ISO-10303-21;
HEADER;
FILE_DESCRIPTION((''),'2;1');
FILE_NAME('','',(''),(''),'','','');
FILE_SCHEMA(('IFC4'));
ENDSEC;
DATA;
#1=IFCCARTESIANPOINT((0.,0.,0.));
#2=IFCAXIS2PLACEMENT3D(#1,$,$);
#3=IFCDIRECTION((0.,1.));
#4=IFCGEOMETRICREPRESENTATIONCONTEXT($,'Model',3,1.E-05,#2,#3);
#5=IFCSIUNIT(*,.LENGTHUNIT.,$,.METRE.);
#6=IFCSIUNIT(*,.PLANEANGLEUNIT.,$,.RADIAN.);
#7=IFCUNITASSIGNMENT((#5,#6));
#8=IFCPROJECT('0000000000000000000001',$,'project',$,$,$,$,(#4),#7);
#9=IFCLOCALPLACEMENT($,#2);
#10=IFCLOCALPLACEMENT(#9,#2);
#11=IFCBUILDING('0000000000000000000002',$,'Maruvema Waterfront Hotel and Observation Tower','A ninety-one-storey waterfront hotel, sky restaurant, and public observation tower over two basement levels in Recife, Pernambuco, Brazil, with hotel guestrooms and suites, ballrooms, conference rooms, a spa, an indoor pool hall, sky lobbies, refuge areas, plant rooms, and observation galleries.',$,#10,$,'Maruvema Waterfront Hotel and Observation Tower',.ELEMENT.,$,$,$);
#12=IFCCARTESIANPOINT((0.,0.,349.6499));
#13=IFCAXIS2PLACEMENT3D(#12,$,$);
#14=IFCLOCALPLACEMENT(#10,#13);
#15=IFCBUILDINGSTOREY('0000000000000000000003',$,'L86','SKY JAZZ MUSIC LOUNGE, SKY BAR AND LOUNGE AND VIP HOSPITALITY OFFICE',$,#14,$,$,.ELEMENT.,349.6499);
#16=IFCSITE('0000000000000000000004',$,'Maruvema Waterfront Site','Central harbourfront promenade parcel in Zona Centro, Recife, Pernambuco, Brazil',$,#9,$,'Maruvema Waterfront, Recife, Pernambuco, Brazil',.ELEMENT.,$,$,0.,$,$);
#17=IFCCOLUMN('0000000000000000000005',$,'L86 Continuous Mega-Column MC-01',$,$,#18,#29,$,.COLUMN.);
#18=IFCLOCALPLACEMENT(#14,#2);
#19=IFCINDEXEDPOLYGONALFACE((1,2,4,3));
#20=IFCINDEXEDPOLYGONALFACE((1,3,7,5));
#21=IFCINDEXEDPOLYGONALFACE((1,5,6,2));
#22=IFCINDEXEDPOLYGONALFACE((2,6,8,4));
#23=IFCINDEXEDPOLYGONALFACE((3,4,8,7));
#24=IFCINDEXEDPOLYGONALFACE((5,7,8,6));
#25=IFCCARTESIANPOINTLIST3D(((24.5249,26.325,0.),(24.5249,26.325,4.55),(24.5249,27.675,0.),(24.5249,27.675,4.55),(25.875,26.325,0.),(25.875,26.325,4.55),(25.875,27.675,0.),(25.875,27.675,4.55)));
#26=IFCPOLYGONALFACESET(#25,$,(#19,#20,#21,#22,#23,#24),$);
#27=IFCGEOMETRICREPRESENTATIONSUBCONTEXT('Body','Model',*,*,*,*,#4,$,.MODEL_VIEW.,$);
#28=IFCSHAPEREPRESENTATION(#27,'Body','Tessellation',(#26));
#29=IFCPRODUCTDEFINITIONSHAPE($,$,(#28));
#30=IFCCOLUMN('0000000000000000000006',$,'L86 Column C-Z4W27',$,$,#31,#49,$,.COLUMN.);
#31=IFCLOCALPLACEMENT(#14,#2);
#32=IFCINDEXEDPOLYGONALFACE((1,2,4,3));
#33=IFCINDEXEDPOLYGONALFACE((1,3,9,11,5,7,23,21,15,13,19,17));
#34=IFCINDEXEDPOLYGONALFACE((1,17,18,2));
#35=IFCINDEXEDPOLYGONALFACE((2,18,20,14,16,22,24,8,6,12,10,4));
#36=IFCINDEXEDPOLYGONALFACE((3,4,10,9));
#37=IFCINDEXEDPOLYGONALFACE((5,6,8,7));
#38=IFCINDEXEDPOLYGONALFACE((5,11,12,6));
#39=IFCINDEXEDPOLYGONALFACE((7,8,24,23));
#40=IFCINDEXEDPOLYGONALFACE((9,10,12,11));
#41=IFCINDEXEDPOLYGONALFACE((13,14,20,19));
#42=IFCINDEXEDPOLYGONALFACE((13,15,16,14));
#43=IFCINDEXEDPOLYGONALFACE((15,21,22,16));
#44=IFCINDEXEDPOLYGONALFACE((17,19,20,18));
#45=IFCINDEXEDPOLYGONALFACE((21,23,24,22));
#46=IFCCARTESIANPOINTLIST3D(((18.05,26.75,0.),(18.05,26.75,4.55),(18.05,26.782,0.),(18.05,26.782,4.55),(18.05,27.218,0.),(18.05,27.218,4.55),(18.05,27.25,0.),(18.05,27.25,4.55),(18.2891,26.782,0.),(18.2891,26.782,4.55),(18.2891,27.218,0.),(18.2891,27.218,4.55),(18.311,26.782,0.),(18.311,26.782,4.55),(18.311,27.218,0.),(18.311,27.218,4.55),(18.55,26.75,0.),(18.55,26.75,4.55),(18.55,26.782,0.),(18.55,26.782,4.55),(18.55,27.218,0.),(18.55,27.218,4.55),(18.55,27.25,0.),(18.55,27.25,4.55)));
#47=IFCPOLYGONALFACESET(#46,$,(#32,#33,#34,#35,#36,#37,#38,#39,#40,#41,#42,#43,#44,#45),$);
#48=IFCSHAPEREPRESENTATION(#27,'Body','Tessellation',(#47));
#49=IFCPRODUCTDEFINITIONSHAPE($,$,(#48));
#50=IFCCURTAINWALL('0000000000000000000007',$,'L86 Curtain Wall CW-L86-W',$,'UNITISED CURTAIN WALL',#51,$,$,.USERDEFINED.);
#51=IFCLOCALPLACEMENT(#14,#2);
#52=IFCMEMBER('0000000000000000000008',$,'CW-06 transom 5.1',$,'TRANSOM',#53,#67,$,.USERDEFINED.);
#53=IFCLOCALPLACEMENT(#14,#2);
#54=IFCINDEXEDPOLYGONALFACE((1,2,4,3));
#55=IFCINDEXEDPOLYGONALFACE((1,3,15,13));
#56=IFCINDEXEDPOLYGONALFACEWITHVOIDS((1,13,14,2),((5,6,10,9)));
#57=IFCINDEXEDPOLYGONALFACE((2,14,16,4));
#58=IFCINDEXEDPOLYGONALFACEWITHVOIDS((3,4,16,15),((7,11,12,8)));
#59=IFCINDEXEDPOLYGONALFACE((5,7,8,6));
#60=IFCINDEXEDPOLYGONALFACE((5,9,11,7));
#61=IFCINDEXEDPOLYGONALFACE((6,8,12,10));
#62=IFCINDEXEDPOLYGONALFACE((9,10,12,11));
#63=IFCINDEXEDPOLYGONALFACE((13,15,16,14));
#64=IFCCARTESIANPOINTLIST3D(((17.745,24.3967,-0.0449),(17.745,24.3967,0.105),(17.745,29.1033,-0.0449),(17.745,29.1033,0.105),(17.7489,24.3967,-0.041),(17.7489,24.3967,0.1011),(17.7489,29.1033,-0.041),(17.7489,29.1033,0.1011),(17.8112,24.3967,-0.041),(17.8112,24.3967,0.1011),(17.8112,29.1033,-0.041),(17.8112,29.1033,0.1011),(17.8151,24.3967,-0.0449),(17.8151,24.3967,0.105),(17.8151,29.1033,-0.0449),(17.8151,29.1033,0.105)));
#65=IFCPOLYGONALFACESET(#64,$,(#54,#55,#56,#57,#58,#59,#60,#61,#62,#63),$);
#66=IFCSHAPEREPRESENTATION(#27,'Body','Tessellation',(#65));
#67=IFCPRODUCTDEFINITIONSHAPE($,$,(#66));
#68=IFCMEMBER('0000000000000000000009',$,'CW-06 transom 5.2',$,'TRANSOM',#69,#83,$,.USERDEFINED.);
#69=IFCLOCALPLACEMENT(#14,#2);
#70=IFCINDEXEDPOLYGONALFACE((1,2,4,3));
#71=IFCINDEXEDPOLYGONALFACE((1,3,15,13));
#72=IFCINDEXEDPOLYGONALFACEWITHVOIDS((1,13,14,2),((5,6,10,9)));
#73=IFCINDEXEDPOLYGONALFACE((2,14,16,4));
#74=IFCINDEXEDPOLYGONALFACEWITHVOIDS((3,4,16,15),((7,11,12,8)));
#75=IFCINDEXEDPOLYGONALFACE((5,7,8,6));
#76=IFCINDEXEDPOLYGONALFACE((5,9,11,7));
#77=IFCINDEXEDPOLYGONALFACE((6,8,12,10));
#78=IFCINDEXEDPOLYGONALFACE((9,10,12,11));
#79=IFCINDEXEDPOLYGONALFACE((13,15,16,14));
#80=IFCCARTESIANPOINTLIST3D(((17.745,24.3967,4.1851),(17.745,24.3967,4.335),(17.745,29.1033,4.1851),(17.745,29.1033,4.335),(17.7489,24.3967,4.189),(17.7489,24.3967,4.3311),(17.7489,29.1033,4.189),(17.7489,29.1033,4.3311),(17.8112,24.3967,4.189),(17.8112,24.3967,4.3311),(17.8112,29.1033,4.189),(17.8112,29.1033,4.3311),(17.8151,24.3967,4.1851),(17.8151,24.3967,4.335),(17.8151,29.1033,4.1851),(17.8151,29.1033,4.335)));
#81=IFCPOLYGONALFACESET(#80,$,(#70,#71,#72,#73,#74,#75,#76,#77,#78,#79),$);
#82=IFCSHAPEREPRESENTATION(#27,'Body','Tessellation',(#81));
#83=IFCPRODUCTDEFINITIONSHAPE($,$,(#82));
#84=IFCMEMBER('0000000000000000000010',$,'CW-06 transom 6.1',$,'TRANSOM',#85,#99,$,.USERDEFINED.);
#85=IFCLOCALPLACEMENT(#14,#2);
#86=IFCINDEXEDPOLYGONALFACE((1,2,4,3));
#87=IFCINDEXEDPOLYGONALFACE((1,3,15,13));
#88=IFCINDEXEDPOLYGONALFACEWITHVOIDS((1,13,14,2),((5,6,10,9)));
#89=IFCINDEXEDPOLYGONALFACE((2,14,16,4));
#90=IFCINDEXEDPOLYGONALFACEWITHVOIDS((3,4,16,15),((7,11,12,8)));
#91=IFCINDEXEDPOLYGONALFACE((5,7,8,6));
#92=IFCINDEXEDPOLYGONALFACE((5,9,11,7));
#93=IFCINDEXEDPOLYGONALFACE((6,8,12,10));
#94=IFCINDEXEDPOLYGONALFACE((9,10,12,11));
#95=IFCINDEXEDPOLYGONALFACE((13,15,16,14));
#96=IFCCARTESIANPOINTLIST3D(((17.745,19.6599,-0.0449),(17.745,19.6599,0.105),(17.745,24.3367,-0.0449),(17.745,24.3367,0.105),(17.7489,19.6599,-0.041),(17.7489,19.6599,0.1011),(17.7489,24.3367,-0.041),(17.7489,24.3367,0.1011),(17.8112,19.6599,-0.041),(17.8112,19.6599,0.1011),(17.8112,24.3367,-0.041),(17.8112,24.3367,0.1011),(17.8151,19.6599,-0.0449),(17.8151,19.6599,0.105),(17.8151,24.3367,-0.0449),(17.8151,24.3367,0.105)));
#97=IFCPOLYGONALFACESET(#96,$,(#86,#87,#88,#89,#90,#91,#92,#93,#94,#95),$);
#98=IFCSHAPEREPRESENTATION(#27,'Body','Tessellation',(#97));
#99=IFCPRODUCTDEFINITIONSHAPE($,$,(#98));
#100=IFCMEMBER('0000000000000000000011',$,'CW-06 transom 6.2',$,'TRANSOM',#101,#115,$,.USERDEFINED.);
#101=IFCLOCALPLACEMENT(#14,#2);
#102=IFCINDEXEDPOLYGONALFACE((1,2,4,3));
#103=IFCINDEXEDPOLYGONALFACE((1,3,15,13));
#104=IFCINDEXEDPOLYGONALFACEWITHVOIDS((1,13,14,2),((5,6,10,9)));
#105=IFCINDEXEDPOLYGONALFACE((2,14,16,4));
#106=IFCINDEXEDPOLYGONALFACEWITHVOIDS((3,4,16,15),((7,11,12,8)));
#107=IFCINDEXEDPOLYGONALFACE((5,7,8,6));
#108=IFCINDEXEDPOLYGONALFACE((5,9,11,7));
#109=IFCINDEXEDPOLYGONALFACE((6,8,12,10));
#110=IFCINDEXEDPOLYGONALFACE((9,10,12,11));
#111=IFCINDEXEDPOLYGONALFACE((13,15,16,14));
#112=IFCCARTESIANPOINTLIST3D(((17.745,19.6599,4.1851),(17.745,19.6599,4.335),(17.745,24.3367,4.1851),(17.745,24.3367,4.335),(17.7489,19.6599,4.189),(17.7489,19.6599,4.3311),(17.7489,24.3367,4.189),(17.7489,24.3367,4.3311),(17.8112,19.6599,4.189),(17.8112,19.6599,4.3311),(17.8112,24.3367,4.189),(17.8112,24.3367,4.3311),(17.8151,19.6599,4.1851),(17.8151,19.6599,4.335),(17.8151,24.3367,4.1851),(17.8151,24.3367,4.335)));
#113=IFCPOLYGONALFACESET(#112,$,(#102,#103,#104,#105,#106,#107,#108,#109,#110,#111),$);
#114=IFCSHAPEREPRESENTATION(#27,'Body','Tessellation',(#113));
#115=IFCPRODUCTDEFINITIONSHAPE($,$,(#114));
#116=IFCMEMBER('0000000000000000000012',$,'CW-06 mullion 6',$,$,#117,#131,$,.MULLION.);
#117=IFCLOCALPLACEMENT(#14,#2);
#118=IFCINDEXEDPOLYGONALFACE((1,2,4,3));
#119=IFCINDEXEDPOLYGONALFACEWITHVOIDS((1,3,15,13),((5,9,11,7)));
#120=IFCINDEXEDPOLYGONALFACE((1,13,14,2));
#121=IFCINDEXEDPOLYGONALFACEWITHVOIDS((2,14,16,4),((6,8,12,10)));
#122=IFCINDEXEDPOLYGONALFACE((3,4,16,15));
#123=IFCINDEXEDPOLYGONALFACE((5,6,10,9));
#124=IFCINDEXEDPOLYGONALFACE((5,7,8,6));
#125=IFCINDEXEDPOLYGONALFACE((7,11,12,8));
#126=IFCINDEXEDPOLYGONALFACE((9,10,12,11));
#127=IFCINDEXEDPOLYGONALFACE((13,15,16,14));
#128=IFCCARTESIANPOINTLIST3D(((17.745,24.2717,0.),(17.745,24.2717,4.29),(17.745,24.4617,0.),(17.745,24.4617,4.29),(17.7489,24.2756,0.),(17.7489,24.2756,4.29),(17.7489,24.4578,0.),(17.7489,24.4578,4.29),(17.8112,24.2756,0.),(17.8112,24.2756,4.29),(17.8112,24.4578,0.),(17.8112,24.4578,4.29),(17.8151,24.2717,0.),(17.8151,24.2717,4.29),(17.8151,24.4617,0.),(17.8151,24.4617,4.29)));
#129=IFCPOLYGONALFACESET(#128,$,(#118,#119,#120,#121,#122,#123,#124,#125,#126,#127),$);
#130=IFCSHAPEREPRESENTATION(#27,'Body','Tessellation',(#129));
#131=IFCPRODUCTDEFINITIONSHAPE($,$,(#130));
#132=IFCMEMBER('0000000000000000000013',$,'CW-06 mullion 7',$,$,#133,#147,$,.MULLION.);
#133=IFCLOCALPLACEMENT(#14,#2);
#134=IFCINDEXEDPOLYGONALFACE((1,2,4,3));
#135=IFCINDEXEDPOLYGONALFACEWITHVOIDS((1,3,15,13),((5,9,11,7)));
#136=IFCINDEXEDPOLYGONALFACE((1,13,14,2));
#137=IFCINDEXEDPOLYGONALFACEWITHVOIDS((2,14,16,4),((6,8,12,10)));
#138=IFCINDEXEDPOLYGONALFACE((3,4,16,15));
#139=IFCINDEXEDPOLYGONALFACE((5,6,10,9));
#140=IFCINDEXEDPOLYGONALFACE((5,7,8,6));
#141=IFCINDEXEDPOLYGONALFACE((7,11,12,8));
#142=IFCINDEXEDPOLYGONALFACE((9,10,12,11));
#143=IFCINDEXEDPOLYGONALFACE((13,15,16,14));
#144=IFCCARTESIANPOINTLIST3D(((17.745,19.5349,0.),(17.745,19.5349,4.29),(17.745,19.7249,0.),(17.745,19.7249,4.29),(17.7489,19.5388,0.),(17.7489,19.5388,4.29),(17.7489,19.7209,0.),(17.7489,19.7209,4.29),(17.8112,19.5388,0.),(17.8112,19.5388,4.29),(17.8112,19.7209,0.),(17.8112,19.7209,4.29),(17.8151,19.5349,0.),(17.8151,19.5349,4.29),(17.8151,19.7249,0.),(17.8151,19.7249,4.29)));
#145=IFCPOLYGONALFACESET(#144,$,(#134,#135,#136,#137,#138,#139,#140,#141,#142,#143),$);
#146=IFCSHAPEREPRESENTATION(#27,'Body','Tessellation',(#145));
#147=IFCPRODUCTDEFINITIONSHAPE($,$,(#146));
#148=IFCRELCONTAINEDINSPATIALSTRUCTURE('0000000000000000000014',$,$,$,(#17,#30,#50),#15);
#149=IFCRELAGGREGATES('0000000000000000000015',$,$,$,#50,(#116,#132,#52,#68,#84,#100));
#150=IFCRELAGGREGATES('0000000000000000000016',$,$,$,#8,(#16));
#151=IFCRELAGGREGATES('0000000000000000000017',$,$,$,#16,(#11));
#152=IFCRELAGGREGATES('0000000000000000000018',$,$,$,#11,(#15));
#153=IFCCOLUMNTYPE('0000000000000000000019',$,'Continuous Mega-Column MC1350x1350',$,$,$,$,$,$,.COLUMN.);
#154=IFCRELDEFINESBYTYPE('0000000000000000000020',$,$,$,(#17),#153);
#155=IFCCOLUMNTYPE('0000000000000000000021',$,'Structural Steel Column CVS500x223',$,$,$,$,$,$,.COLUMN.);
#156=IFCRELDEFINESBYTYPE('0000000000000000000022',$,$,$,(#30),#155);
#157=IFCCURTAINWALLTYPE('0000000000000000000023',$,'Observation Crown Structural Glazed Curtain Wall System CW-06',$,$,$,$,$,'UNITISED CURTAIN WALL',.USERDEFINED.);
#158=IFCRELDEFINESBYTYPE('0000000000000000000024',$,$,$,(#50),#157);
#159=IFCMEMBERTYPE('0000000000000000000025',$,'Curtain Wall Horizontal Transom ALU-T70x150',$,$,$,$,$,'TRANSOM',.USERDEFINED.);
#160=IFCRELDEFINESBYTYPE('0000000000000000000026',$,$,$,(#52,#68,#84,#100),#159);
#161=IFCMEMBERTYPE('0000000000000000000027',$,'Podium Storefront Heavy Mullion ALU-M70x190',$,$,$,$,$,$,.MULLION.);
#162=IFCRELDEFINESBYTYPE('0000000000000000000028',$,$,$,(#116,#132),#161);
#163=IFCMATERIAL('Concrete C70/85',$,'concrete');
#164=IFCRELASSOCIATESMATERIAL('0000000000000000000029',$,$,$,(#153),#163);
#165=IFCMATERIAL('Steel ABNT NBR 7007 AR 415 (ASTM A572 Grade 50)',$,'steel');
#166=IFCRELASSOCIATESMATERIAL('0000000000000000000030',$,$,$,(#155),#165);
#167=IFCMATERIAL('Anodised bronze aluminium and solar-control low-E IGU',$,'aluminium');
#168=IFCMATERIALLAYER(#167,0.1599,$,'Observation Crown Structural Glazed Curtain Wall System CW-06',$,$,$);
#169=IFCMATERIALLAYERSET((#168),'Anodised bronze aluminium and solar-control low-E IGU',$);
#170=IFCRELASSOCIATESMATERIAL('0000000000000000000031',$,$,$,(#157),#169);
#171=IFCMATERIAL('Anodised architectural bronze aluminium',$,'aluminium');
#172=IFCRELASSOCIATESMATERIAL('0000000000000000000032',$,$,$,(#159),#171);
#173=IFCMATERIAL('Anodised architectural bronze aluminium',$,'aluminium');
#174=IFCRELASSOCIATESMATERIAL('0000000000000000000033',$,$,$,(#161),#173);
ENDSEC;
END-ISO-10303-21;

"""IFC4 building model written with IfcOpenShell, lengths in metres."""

from ifc_helpers import new_model, si_unit, direction, frame, origin, origin_2d, place, context, subcontext, project, spatial, rectangle, hollow_rectangle, i_section, extrude, material, layer, layer_set, material_profile, profile_set, type_object, element, aggregate, save


model = new_model("IFC4")

# Units and contexts
model_context = context("Model", 3, precision=1e-05, world=origin(), true_north=direction((0.0, 1.0)))
body_context = subcontext(model_context, "Body", "Model", "MODEL_VIEW")
ifc_project = project(units=[si_unit("LENGTHUNIT", "METRE"), si_unit("PLANEANGLEUNIT", "RADIAN")], contexts=[model_context])

# Site, building, storey
site_placement = place(None, origin())
site = spatial("IfcSite", under=ifc_project, at=site_placement, Name="Maruvema Waterfront Site", Description="Central harbourfront promenade parcel in Zona Centro, Recife, Pernambuco, Brazil", LongName="Maruvema Waterfront, Recife, Pernambuco, Brazil", CompositionType="ELEMENT", RefElevation=0.0)
building_placement = place(site_placement, origin())
building = spatial("IfcBuilding", under=site, at=building_placement, Name="Maruvema Waterfront Hotel and Observation Tower", Description="A ninety-one-storey waterfront hotel, sky restaurant, and public observation tower over two basement levels in Recife, Pernambuco, Brazil, with hotel guestrooms and suites, ballrooms, conference rooms, a spa, an indoor pool hall, sky lobbies, refuge areas, plant rooms, and observation galleries.", LongName="Maruvema Waterfront Hotel and Observation Tower", CompositionType="ELEMENT")
storey_placement = place(building_placement, frame((0.0, 0.0, 349.6499)))
storey = spatial("IfcBuildingStorey", under=building, at=storey_placement, Name="L86", Description="SKY JAZZ MUSIC LOUNGE, SKY BAR AND LOUNGE AND VIP HOSPITALITY OFFICE", CompositionType="ELEMENT", Elevation=349.6499)

# Columns
ifc_material_1 = material(Name="Concrete C70/85", Category="concrete")
ifc_material_profile_1 = material_profile(ifc_material_1, rectangle(XDim=1.3501, YDim=1.3501, at=origin_2d()), Name="MC1350x1350")
ifc_profile_set_1 = profile_set([ifc_material_profile_1], Name="Concrete C70/85")
column_type_1 = type_object("IfcColumnType", Name="Continuous Mega-Column MC1350x1350", PredefinedType="COLUMN", material=ifc_profile_set_1)
column_1_placement = place(storey_placement, frame((25.2, 27.0, 0.0), z_axis=(0.0, 0.0, 1.0), x_axis=(1.0, 0.0, 0.0)))
element("IfcColumn", 1, at=column_1_placement, inside=storey, type_object=column_type_1, Name="L86 Continuous Mega-Column MC-01", PredefinedType="COLUMN", context=body_context, shape_type="SweptSolid", body=[
    extrude(rectangle(XDim=1.3501, YDim=1.3501, at=origin_2d()), origin(), (0.0, 0.0, 1.0), 4.55),
])
ifc_material_2 = material(Name="Steel ABNT NBR 7007 AR 415 (ASTM A572 Grade 50)", Category="steel")
ifc_material_profile_2 = material_profile(ifc_material_2, i_section(OverallWidth=0.5, OverallDepth=0.5, WebThickness=0.022, FlangeThickness=0.032, at=origin_2d()), Name="CVS500x223")
ifc_profile_set_2 = profile_set([ifc_material_profile_2], Name="Steel ABNT NBR 7007 AR 415 (ASTM A572 Grade 50)")
column_type_2 = type_object("IfcColumnType", Name="Structural Steel Column CVS500x223", PredefinedType="COLUMN", material=ifc_profile_set_2)
column_2_placement = place(storey_placement, frame((18.3, 27.0, 0.0), z_axis=(0.0, 0.0, 1.0), x_axis=(1.0, 0.0, 0.0)))
element("IfcColumn", 2, at=column_2_placement, inside=storey, type_object=column_type_2, Name="L86 Column C-Z4W27", PredefinedType="COLUMN", context=body_context, shape_type="SweptSolid", body=[
    extrude(i_section(OverallWidth=0.5, OverallDepth=0.5, WebThickness=0.022, FlangeThickness=0.032, at=origin_2d()), origin(), (0.0, 0.0, 1.0), 4.55),
])

# Curtain wall, members
ifc_material_3 = material(Name="Anodised bronze aluminium and solar-control low-E IGU", Category="aluminium")
ifc_layer_1 = layer(ifc_material_3, 0.1599, Name="Observation Crown Structural Glazed Curtain Wall System CW-06")
ifc_layer_set_1 = layer_set([ifc_layer_1], Name="Anodised bronze aluminium and solar-control low-E IGU")
curtain_wall_type = type_object("IfcCurtainWallType", Name="Observation Crown Structural Glazed Curtain Wall System CW-06", ElementType="UNITISED CURTAIN WALL", PredefinedType="USERDEFINED", material=ifc_layer_set_1)
curtain_wall_placement = place(storey_placement, origin())
curtain_wall = element("IfcCurtainWall", 3, at=curtain_wall_placement, inside=storey, type_object=curtain_wall_type, Name="L86 Curtain Wall CW-L86-W", ObjectType="UNITISED CURTAIN WALL", PredefinedType="USERDEFINED")
ifc_material_4 = material(Name="Anodised architectural bronze aluminium", Category="aluminium")
ifc_material_profile_3 = material_profile(ifc_material_4, hollow_rectangle(XDim=0.0701, YDim=0.1499, WallThickness=0.0039, at=origin_2d()), Name="ALU-T70x150")
ifc_profile_set_3 = profile_set([ifc_material_profile_3], Name="Anodised architectural bronze aluminium")
member_type_1 = type_object("IfcMemberType", Name="Curtain Wall Horizontal Transom ALU-T70x150", ElementType="TRANSOM", PredefinedType="USERDEFINED", material=ifc_profile_set_3)
member_1_placement = place(storey_placement, frame((17.78, 29.1033, 0.03), z_axis=(0.0, -1.0, 0.0), x_axis=(1.0, 0.0, 0.0)))
member_1 = element("IfcMember", 4, at=member_1_placement, type_object=member_type_1, Name="CW-06 transom 5.1", ObjectType="TRANSOM", PredefinedType="USERDEFINED", context=body_context, shape_type="SweptSolid", body=[
    extrude(hollow_rectangle(XDim=0.0701, YDim=0.1499, WallThickness=0.0039, at=origin_2d()), origin(), (0.0, 0.0, 1.0), 4.7065),
])
member_2_placement = place(storey_placement, frame((17.78, 29.1033, 4.26), z_axis=(0.0, -1.0, 0.0), x_axis=(1.0, 0.0, 0.0)))
member_2 = element("IfcMember", 5, at=member_2_placement, type_object=member_type_1, Name="CW-06 transom 5.2", ObjectType="TRANSOM", PredefinedType="USERDEFINED", context=body_context, shape_type="SweptSolid", body=[
    extrude(hollow_rectangle(XDim=0.0701, YDim=0.1499, WallThickness=0.0039, at=origin_2d()), origin(), (0.0, 0.0, 1.0), 4.7065),
])
member_3_placement = place(storey_placement, frame((17.78, 24.3367, 0.03), z_axis=(0.0, -1.0, 0.0), x_axis=(1.0, 0.0, 0.0)))
member_3 = element("IfcMember", 6, at=member_3_placement, type_object=member_type_1, Name="CW-06 transom 6.1", ObjectType="TRANSOM", PredefinedType="USERDEFINED", context=body_context, shape_type="SweptSolid", body=[
    extrude(hollow_rectangle(XDim=0.0701, YDim=0.1499, WallThickness=0.0039, at=origin_2d()), origin(), (0.0, 0.0, 1.0), 4.6768),
])
member_4_placement = place(storey_placement, frame((17.78, 24.3367, 4.26), z_axis=(0.0, -1.0, 0.0), x_axis=(1.0, 0.0, 0.0)))
member_4 = element("IfcMember", 7, at=member_4_placement, type_object=member_type_1, Name="CW-06 transom 6.2", ObjectType="TRANSOM", PredefinedType="USERDEFINED", context=body_context, shape_type="SweptSolid", body=[
    extrude(hollow_rectangle(XDim=0.0701, YDim=0.1499, WallThickness=0.0039, at=origin_2d()), origin(), (0.0, 0.0, 1.0), 4.6768),
])
ifc_material_5 = material(Name="Anodised architectural bronze aluminium", Category="aluminium")
ifc_material_profile_4 = material_profile(ifc_material_5, hollow_rectangle(XDim=0.0701, YDim=0.1899, WallThickness=0.0039, at=origin_2d()), Name="ALU-M70x190")
ifc_profile_set_4 = profile_set([ifc_material_profile_4], Name="Anodised architectural bronze aluminium")
member_type_2 = type_object("IfcMemberType", Name="Podium Storefront Heavy Mullion ALU-M70x190", PredefinedType="MULLION", material=ifc_profile_set_4)
member_5_placement = place(storey_placement, frame((17.78, 24.3667, 0.0), z_axis=(0.0, 0.0, 1.0), x_axis=(1.0, 0.0, 0.0)))
member_5 = element("IfcMember", 8, at=member_5_placement, type_object=member_type_2, Name="CW-06 mullion 6", PredefinedType="MULLION", context=body_context, shape_type="SweptSolid", body=[
    extrude(hollow_rectangle(XDim=0.0701, YDim=0.1899, WallThickness=0.0039, at=origin_2d()), origin(), (0.0, 0.0, 1.0), 4.29),
])
member_6_placement = place(storey_placement, frame((17.78, 19.6299, 0.0), z_axis=(0.0, 0.0, 1.0), x_axis=(1.0, 0.0, 0.0)))
member_6 = element("IfcMember", 9, at=member_6_placement, type_object=member_type_2, Name="CW-06 mullion 7", PredefinedType="MULLION", context=body_context, shape_type="SweptSolid", body=[
    extrude(hollow_rectangle(XDim=0.0701, YDim=0.1899, WallThickness=0.0039, at=origin_2d()), origin(), (0.0, 0.0, 1.0), 4.29),
])

aggregate(curtain_wall, [member_5, member_6, member_1, member_2, member_3, member_4])

save(model, "model.ifc")
